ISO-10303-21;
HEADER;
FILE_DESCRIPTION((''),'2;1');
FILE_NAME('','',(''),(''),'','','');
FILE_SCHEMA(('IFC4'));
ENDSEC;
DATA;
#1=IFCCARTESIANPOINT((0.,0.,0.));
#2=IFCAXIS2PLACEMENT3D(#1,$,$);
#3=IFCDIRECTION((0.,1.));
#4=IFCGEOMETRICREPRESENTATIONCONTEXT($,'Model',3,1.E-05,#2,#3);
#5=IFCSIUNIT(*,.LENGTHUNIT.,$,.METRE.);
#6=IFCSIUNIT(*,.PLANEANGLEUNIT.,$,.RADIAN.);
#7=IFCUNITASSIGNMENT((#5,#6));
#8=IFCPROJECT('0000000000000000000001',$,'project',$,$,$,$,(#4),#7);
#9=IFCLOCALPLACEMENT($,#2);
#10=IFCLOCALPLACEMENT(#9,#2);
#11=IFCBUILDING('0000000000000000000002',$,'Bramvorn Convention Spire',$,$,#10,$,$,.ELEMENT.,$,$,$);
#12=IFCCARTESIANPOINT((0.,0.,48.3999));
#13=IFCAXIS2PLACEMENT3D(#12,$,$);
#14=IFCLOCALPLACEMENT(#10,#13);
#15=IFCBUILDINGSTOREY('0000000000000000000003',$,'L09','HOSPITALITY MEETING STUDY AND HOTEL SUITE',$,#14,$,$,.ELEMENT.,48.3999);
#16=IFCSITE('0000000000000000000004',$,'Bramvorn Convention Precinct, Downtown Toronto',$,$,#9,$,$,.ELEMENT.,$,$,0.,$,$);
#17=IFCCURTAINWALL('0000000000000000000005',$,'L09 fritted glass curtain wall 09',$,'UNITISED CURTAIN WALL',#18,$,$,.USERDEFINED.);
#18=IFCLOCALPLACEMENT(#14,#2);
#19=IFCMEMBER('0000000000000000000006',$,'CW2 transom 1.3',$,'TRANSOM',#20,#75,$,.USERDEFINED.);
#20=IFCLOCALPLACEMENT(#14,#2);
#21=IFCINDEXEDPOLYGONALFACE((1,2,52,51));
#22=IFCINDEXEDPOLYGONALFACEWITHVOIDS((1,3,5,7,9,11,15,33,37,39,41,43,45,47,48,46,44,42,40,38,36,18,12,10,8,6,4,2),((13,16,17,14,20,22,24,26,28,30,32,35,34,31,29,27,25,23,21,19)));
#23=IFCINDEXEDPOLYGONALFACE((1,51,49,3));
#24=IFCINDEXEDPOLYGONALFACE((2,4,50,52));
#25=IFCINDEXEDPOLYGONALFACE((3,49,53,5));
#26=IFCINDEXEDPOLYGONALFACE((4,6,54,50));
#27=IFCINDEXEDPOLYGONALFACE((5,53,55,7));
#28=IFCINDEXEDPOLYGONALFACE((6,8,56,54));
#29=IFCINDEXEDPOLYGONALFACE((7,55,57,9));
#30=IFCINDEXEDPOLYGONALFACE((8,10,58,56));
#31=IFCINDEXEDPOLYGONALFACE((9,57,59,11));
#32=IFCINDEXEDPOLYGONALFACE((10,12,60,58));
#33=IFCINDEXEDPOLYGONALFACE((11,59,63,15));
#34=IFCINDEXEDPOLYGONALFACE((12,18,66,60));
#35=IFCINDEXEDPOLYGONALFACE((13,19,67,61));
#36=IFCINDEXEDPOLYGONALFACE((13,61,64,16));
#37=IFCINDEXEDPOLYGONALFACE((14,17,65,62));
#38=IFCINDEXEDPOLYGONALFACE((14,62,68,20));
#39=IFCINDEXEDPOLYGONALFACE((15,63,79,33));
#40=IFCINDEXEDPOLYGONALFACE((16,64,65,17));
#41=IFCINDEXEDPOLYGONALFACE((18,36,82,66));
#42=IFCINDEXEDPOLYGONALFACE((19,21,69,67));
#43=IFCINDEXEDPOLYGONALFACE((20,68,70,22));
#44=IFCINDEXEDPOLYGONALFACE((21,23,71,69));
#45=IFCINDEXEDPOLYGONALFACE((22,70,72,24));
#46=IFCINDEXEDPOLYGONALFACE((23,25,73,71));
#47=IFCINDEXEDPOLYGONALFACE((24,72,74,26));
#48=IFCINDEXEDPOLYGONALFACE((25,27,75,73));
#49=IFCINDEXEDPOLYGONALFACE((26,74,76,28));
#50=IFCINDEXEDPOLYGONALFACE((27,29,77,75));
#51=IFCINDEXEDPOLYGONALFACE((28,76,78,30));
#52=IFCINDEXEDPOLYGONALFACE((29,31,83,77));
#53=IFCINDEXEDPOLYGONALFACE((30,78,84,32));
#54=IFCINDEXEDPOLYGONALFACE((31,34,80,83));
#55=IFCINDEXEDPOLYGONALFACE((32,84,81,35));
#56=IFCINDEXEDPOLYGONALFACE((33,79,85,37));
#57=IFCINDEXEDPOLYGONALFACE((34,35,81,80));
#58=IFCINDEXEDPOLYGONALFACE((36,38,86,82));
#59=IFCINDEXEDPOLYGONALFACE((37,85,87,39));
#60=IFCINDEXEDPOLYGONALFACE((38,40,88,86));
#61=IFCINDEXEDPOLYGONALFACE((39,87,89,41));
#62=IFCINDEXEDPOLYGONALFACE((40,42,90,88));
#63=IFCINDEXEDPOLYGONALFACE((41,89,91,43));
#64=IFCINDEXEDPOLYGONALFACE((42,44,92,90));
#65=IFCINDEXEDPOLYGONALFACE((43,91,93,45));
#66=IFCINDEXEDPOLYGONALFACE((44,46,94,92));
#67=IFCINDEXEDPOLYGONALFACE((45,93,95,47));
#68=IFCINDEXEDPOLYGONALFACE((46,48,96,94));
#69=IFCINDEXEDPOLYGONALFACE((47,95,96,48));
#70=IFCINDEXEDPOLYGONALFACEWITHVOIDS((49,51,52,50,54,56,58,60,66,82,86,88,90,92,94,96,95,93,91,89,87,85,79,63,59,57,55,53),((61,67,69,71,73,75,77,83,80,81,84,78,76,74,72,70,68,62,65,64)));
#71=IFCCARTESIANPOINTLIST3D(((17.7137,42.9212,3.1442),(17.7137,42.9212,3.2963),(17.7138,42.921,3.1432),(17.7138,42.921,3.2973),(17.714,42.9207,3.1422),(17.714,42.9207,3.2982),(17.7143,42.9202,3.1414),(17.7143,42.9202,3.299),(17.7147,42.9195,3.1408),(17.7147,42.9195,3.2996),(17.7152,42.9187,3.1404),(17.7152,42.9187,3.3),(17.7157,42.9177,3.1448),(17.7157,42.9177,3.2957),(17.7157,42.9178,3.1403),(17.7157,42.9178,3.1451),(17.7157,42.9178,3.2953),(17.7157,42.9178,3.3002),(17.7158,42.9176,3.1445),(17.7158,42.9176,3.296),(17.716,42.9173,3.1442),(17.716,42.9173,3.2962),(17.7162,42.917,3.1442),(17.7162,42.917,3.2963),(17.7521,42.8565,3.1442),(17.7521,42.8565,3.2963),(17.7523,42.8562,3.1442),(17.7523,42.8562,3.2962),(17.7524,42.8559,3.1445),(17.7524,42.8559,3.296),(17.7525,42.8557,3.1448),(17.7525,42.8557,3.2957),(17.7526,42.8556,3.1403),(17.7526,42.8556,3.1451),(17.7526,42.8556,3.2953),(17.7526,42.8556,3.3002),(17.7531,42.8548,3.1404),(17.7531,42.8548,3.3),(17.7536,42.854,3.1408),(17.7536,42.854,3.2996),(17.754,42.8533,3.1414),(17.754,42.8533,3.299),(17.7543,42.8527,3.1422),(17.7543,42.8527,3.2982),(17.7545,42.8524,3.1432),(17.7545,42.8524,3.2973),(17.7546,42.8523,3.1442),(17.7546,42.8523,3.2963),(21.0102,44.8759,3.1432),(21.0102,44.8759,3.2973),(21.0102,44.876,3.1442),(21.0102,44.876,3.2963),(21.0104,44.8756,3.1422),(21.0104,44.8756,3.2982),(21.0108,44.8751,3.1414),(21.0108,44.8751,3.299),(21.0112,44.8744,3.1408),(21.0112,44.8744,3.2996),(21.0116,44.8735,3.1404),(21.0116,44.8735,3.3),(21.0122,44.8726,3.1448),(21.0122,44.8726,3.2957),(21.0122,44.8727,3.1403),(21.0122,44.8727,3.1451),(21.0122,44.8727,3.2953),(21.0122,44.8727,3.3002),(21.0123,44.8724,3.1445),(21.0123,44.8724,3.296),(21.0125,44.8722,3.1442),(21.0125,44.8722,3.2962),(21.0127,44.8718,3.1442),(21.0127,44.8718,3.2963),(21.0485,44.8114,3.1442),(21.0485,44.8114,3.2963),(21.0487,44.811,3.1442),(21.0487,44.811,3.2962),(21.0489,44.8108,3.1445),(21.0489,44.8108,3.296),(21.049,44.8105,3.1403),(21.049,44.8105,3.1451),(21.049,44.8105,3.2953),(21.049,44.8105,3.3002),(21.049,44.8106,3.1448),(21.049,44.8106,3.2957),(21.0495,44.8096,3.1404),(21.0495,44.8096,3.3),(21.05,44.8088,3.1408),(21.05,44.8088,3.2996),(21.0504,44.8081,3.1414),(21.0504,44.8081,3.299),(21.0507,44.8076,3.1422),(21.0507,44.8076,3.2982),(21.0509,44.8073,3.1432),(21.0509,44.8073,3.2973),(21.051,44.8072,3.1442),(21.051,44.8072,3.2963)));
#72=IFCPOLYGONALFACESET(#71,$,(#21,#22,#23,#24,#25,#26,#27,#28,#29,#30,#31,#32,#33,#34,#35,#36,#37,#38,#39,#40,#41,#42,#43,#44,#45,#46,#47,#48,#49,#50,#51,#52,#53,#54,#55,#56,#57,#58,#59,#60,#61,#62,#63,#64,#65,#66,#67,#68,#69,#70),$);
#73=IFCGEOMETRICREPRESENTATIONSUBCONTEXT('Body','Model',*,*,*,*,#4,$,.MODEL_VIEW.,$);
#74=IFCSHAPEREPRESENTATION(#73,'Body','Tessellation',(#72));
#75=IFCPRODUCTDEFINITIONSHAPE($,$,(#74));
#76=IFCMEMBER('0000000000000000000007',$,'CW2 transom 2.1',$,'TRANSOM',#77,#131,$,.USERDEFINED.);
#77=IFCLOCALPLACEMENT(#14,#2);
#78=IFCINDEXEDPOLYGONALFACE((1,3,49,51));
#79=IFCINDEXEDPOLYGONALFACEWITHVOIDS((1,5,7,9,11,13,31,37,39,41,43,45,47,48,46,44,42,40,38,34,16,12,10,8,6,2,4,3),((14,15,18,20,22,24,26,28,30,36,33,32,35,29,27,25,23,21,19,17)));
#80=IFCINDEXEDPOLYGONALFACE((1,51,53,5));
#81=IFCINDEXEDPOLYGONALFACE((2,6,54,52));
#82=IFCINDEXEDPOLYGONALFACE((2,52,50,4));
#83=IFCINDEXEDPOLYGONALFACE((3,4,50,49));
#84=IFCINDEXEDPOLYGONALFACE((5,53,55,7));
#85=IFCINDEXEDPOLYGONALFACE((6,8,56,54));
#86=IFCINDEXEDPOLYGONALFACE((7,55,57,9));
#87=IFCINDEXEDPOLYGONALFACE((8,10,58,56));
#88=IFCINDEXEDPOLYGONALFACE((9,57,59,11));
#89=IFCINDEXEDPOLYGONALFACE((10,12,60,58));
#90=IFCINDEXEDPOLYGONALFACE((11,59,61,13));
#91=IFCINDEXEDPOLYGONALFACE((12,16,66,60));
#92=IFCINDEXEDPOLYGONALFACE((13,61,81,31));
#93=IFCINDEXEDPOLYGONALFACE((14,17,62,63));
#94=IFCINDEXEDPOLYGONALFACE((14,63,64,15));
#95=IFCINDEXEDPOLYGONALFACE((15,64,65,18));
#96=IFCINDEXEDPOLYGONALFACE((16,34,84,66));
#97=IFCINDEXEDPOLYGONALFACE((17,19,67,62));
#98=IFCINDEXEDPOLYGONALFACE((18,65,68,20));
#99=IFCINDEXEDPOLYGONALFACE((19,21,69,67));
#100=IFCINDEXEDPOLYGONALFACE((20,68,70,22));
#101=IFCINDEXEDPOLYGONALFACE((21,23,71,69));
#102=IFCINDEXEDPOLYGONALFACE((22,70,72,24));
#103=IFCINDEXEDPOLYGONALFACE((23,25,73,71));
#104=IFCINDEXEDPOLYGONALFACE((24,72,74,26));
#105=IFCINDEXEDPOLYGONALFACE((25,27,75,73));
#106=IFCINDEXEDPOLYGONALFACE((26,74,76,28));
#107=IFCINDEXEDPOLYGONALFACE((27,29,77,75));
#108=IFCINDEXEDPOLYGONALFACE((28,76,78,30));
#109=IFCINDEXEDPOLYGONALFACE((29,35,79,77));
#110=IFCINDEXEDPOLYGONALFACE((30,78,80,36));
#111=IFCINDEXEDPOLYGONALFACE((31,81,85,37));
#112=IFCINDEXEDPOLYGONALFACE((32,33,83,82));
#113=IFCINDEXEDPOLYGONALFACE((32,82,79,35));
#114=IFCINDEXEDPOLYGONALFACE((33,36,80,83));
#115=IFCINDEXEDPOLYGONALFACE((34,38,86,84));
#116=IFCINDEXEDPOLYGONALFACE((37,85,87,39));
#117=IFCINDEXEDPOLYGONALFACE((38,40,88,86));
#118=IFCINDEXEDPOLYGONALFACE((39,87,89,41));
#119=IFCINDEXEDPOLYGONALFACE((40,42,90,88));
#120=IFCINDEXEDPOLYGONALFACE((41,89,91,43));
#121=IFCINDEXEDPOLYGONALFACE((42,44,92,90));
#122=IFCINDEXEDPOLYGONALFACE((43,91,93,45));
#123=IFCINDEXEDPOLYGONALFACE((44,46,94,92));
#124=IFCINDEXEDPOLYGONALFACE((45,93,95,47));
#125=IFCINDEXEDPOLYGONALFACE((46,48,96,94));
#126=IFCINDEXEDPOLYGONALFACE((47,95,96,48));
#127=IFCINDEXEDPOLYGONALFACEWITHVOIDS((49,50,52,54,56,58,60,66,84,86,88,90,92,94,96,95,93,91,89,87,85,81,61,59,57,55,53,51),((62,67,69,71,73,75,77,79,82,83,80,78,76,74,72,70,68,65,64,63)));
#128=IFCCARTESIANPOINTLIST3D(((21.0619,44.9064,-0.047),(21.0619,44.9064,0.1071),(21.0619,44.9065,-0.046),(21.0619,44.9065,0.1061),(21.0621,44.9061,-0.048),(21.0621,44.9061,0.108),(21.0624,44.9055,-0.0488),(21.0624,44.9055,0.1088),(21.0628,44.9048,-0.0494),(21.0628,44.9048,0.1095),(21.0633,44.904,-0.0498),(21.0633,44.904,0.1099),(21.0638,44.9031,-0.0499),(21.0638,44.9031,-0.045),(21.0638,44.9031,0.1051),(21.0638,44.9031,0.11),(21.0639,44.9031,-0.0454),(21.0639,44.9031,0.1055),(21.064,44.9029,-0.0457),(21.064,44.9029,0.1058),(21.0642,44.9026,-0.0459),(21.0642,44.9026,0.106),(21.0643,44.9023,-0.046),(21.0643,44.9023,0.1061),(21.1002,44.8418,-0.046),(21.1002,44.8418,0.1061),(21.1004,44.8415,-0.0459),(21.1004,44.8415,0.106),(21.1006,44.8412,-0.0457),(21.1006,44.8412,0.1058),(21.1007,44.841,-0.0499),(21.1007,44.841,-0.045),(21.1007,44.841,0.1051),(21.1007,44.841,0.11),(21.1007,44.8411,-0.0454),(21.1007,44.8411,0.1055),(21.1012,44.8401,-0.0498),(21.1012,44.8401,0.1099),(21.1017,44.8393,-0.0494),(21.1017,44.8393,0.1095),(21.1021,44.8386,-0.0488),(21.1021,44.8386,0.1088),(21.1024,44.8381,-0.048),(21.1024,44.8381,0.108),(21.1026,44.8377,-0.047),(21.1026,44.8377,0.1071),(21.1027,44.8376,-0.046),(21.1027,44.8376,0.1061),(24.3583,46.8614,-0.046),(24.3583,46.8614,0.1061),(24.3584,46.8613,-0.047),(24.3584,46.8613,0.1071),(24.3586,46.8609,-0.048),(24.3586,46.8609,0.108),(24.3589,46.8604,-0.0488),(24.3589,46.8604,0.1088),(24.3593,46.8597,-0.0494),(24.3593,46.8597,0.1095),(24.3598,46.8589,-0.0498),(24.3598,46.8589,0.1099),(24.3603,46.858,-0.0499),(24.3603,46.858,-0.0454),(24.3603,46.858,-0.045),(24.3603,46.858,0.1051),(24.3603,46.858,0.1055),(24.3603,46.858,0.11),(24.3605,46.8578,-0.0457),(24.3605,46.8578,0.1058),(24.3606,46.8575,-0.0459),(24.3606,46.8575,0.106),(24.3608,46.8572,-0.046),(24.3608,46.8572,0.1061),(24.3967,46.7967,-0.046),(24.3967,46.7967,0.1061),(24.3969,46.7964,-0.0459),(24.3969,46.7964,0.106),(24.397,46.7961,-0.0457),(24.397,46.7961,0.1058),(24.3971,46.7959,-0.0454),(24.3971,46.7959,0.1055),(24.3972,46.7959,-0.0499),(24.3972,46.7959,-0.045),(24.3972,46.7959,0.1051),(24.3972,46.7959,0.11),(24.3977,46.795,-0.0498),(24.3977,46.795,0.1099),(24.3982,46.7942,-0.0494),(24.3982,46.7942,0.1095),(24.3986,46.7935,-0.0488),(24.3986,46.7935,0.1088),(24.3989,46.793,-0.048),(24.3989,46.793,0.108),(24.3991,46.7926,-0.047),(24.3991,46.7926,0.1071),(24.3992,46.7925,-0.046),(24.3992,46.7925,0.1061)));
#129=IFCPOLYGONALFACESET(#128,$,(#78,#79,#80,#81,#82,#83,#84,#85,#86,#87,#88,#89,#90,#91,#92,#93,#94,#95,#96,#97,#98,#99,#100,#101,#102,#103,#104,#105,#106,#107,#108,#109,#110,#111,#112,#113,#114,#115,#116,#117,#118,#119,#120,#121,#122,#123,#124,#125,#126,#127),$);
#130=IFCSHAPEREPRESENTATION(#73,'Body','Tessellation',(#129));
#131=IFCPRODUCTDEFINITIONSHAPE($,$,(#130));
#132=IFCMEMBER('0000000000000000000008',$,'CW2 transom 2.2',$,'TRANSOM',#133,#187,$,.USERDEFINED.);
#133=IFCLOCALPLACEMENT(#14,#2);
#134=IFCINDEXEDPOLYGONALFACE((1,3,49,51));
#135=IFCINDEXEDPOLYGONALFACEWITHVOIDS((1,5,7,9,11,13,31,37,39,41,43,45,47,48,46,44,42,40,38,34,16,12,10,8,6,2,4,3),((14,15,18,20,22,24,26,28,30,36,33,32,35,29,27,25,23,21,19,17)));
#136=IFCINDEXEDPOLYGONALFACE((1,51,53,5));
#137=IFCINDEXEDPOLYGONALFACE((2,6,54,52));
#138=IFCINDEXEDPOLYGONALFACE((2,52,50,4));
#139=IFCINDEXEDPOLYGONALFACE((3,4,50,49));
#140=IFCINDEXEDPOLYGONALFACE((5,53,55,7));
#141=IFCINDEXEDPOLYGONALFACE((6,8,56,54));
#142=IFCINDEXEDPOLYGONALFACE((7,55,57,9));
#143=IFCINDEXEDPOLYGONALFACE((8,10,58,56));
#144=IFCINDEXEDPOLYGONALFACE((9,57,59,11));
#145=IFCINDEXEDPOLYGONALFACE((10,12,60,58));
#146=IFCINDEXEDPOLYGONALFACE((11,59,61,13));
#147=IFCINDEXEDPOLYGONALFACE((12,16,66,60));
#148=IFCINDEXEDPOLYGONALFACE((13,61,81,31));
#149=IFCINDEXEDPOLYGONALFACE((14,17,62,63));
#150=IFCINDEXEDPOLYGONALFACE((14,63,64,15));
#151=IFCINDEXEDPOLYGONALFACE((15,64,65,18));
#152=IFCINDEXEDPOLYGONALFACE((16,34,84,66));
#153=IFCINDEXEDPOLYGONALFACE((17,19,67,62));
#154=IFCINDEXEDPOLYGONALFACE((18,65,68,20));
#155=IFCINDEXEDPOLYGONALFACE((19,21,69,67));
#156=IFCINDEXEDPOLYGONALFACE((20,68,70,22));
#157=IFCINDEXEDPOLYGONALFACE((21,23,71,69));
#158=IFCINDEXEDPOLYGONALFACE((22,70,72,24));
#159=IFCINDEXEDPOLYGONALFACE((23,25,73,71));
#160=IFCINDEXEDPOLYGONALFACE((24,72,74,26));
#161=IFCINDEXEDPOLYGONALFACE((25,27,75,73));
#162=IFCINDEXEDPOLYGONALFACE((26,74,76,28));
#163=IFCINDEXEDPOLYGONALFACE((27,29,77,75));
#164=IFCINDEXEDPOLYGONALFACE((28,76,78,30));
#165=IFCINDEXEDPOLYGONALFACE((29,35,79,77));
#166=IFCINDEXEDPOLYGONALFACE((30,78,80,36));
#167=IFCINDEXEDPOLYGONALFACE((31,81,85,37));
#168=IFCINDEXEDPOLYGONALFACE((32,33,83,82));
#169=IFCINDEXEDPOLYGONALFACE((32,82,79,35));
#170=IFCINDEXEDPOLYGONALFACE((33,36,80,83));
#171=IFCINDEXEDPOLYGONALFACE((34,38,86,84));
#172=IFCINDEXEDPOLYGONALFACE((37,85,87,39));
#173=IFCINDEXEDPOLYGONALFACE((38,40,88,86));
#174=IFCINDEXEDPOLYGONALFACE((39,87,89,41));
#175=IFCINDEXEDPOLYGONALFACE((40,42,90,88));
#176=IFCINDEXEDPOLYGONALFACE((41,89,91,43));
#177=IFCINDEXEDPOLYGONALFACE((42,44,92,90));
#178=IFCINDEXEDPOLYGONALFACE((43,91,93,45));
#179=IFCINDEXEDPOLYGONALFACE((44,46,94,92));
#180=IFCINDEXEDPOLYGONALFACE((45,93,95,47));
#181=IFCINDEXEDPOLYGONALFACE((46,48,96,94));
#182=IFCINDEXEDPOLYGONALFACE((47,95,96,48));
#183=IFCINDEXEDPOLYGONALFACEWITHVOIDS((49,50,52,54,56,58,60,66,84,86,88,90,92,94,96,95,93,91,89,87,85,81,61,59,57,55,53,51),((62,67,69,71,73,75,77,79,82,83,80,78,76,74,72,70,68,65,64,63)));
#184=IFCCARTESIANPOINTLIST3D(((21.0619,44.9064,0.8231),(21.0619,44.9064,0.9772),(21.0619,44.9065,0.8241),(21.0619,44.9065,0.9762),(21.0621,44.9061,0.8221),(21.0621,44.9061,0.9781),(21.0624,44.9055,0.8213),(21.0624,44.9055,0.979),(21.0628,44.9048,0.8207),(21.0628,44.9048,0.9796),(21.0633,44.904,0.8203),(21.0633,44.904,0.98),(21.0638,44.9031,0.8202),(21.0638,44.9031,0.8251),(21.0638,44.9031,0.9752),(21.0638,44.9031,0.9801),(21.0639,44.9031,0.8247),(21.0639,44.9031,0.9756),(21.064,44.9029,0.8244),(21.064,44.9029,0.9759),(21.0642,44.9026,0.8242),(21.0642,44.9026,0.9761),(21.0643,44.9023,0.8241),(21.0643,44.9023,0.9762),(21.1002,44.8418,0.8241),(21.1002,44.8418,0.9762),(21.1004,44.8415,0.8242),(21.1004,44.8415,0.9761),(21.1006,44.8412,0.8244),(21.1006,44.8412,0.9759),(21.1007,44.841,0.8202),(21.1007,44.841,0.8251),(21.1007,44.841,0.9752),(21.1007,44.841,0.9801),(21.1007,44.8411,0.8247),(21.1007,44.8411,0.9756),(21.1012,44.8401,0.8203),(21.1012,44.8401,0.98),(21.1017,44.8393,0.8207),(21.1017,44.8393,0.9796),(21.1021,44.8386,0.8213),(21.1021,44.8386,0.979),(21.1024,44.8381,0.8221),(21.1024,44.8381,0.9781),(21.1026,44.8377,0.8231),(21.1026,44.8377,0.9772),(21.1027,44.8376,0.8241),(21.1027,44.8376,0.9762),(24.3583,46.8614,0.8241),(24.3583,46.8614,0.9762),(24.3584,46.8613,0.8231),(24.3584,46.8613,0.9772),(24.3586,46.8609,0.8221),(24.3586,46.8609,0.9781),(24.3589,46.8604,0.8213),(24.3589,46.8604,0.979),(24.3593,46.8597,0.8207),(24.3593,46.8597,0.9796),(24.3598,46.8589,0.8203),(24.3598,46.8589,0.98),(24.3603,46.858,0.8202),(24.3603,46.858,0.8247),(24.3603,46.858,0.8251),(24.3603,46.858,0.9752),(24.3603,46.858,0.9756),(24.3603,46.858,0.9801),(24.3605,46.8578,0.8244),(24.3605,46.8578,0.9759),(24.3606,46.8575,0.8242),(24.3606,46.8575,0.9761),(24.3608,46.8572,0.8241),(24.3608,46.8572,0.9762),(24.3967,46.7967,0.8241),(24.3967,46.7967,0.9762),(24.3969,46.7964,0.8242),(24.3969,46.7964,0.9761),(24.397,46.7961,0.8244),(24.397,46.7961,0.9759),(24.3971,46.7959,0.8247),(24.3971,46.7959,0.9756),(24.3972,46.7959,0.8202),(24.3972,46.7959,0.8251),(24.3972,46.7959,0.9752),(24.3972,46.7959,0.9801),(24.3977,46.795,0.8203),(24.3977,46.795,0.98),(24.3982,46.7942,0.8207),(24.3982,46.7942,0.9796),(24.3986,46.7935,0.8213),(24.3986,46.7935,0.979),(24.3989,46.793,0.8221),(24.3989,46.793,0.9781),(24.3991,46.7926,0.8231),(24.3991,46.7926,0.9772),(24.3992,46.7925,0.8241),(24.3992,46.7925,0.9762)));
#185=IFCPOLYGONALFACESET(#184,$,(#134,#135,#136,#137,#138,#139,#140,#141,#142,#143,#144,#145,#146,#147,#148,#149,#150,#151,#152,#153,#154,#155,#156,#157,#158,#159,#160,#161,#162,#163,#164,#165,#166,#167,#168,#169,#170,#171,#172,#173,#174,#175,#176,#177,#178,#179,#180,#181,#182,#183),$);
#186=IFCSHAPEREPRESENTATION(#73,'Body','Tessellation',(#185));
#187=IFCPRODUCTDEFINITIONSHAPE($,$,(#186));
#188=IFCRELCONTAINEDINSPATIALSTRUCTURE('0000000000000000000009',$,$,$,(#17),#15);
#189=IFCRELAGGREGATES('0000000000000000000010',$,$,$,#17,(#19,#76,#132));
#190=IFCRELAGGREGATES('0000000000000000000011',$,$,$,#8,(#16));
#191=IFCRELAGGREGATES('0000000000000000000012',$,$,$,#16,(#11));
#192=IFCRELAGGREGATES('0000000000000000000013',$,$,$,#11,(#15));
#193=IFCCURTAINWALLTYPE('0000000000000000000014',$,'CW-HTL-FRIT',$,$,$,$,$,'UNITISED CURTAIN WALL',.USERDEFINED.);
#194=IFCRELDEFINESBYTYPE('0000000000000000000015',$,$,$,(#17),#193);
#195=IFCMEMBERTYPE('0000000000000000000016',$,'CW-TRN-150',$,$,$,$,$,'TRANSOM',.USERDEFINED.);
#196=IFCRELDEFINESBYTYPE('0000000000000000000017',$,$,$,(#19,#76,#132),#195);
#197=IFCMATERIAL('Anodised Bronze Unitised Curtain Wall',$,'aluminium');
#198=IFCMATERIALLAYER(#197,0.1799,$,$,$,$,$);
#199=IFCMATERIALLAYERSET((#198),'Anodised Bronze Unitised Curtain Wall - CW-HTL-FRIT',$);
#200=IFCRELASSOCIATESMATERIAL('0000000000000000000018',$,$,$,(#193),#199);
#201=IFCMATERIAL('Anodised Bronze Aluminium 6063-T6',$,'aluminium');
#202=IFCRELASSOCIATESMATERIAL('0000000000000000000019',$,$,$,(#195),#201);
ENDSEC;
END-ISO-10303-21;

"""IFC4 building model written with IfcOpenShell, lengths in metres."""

from ifc_helpers import new_model, si_unit, direction, frame, origin, origin_2d, place, context, subcontext, project, spatial, hollow_rectangle, extrude, material, layer, layer_set, material_profile, profile_set, type_object, element, aggregate, save


model = new_model("IFC4")

# Units and contexts
model_context = context("Model", 3, precision=1e-05, world=origin(), true_north=direction((0.0, 1.0)))
body_context = subcontext(model_context, "Body", "Model", "MODEL_VIEW")
ifc_project = project(units=[si_unit("LENGTHUNIT", "METRE"), si_unit("PLANEANGLEUNIT", "RADIAN")], contexts=[model_context])

# Site, building, storey
site_placement = place(None, origin())
site = spatial("IfcSite", under=ifc_project, at=site_placement, Name="Bramvorn Convention Precinct, Downtown Toronto", CompositionType="ELEMENT", RefElevation=0.0)
building_placement = place(site_placement, origin())
building = spatial("IfcBuilding", under=site, at=building_placement, Name="Bramvorn Convention Spire", CompositionType="ELEMENT")
storey_placement = place(building_placement, frame((0.0, 0.0, 48.3999)))
storey = spatial("IfcBuildingStorey", under=building, at=storey_placement, Name="L09", Description="HOSPITALITY MEETING STUDY AND HOTEL SUITE", CompositionType="ELEMENT", Elevation=48.3999)

# Shared definitions
ifc_material_1 = material(Name="Anodised Bronze Unitised Curtain Wall", Category="aluminium")
ifc_layer_1 = layer(ifc_material_1, 0.1799)
ifc_layer_set_1 = layer_set([ifc_layer_1], Name="Anodised Bronze Unitised Curtain Wall - CW-HTL-FRIT")
curtain_wall_type = type_object("IfcCurtainWallType", Name="CW-HTL-FRIT", ElementType="UNITISED CURTAIN WALL", PredefinedType="USERDEFINED", material=ifc_layer_set_1)
ifc_material_2 = material(Name="Anodised Bronze Aluminium 6063-T6", Category="aluminium")

# Curtain wall
curtain_wall_1_placement = place(storey_placement, origin())
curtain_wall_1 = element("IfcCurtainWall", 1, at=curtain_wall_1_placement, inside=storey, type_object=curtain_wall_type, Name="L09 fritted glass curtain wall 09", ObjectType="UNITISED CURTAIN WALL", PredefinedType="USERDEFINED")

# Members
ifc_material_profile_1 = material_profile(ifc_material_2, hollow_rectangle(XDim=0.0801, YDim=0.1599, WallThickness=0.0039, InnerFilletRadius=0.001, OuterFilletRadius=0.0039, at=origin_2d()))
ifc_profile_set_1 = profile_set([ifc_material_profile_1], Name="Anodised Bronze Aluminium 6063-T6 - CWT80X160")
member_type_1 = type_object("IfcMemberType", Name="CW-TRN-150", ElementType="TRANSOM", PredefinedType="USERDEFINED", material=ifc_profile_set_1)
member_1_placement = place(storey_placement, frame((17.7341, 42.8867, 3.2202), z_axis=(0.860129, 0.510077, 0.0), x_axis=(-0.510077, 0.860129, 0.0)))
member_1 = element("IfcMember", 2, at=member_1_placement, type_object=member_type_1, Name="CW2 transom 1.3", ObjectType="TRANSOM", PredefinedType="USERDEFINED", context=body_context, shape_type="SweptSolid", body=[
    extrude(hollow_rectangle(XDim=0.0801, YDim=0.1599, WallThickness=0.0039, InnerFilletRadius=0.001, OuterFilletRadius=0.0039, at=origin_2d()), origin(), (0.0, 0.0, 1.0), 3.8325),
])
member_2_placement = place(storey_placement, frame((21.0823, 44.8721, 0.03), z_axis=(0.860129, 0.510077, 0.0), x_axis=(-0.510077, 0.860129, 0.0)))
member_2 = element("IfcMember", 3, at=member_2_placement, type_object=member_type_1, Name="CW2 transom 2.1", ObjectType="TRANSOM", PredefinedType="USERDEFINED", context=body_context, shape_type="SweptSolid", body=[
    extrude(hollow_rectangle(XDim=0.0801, YDim=0.1599, WallThickness=0.0039, InnerFilletRadius=0.001, OuterFilletRadius=0.0039, at=origin_2d()), origin(), (0.0, 0.0, 1.0), 3.8325),
])
member_3_placement = place(storey_placement, frame((21.0823, 44.8721, 0.9001), z_axis=(0.860129, 0.510077, 0.0), x_axis=(-0.510077, 0.860129, 0.0)))
member_3 = element("IfcMember", 4, at=member_3_placement, type_object=member_type_1, Name="CW2 transom 2.2", ObjectType="TRANSOM", PredefinedType="USERDEFINED", context=body_context, shape_type="SweptSolid", body=[
    extrude(hollow_rectangle(XDim=0.0801, YDim=0.1599, WallThickness=0.0039, InnerFilletRadius=0.001, OuterFilletRadius=0.0039, at=origin_2d()), origin(), (0.0, 0.0, 1.0), 3.8325),
])

aggregate(curtain_wall_1, [member_1, member_2, member_3])

save(model, "model.ifc")
